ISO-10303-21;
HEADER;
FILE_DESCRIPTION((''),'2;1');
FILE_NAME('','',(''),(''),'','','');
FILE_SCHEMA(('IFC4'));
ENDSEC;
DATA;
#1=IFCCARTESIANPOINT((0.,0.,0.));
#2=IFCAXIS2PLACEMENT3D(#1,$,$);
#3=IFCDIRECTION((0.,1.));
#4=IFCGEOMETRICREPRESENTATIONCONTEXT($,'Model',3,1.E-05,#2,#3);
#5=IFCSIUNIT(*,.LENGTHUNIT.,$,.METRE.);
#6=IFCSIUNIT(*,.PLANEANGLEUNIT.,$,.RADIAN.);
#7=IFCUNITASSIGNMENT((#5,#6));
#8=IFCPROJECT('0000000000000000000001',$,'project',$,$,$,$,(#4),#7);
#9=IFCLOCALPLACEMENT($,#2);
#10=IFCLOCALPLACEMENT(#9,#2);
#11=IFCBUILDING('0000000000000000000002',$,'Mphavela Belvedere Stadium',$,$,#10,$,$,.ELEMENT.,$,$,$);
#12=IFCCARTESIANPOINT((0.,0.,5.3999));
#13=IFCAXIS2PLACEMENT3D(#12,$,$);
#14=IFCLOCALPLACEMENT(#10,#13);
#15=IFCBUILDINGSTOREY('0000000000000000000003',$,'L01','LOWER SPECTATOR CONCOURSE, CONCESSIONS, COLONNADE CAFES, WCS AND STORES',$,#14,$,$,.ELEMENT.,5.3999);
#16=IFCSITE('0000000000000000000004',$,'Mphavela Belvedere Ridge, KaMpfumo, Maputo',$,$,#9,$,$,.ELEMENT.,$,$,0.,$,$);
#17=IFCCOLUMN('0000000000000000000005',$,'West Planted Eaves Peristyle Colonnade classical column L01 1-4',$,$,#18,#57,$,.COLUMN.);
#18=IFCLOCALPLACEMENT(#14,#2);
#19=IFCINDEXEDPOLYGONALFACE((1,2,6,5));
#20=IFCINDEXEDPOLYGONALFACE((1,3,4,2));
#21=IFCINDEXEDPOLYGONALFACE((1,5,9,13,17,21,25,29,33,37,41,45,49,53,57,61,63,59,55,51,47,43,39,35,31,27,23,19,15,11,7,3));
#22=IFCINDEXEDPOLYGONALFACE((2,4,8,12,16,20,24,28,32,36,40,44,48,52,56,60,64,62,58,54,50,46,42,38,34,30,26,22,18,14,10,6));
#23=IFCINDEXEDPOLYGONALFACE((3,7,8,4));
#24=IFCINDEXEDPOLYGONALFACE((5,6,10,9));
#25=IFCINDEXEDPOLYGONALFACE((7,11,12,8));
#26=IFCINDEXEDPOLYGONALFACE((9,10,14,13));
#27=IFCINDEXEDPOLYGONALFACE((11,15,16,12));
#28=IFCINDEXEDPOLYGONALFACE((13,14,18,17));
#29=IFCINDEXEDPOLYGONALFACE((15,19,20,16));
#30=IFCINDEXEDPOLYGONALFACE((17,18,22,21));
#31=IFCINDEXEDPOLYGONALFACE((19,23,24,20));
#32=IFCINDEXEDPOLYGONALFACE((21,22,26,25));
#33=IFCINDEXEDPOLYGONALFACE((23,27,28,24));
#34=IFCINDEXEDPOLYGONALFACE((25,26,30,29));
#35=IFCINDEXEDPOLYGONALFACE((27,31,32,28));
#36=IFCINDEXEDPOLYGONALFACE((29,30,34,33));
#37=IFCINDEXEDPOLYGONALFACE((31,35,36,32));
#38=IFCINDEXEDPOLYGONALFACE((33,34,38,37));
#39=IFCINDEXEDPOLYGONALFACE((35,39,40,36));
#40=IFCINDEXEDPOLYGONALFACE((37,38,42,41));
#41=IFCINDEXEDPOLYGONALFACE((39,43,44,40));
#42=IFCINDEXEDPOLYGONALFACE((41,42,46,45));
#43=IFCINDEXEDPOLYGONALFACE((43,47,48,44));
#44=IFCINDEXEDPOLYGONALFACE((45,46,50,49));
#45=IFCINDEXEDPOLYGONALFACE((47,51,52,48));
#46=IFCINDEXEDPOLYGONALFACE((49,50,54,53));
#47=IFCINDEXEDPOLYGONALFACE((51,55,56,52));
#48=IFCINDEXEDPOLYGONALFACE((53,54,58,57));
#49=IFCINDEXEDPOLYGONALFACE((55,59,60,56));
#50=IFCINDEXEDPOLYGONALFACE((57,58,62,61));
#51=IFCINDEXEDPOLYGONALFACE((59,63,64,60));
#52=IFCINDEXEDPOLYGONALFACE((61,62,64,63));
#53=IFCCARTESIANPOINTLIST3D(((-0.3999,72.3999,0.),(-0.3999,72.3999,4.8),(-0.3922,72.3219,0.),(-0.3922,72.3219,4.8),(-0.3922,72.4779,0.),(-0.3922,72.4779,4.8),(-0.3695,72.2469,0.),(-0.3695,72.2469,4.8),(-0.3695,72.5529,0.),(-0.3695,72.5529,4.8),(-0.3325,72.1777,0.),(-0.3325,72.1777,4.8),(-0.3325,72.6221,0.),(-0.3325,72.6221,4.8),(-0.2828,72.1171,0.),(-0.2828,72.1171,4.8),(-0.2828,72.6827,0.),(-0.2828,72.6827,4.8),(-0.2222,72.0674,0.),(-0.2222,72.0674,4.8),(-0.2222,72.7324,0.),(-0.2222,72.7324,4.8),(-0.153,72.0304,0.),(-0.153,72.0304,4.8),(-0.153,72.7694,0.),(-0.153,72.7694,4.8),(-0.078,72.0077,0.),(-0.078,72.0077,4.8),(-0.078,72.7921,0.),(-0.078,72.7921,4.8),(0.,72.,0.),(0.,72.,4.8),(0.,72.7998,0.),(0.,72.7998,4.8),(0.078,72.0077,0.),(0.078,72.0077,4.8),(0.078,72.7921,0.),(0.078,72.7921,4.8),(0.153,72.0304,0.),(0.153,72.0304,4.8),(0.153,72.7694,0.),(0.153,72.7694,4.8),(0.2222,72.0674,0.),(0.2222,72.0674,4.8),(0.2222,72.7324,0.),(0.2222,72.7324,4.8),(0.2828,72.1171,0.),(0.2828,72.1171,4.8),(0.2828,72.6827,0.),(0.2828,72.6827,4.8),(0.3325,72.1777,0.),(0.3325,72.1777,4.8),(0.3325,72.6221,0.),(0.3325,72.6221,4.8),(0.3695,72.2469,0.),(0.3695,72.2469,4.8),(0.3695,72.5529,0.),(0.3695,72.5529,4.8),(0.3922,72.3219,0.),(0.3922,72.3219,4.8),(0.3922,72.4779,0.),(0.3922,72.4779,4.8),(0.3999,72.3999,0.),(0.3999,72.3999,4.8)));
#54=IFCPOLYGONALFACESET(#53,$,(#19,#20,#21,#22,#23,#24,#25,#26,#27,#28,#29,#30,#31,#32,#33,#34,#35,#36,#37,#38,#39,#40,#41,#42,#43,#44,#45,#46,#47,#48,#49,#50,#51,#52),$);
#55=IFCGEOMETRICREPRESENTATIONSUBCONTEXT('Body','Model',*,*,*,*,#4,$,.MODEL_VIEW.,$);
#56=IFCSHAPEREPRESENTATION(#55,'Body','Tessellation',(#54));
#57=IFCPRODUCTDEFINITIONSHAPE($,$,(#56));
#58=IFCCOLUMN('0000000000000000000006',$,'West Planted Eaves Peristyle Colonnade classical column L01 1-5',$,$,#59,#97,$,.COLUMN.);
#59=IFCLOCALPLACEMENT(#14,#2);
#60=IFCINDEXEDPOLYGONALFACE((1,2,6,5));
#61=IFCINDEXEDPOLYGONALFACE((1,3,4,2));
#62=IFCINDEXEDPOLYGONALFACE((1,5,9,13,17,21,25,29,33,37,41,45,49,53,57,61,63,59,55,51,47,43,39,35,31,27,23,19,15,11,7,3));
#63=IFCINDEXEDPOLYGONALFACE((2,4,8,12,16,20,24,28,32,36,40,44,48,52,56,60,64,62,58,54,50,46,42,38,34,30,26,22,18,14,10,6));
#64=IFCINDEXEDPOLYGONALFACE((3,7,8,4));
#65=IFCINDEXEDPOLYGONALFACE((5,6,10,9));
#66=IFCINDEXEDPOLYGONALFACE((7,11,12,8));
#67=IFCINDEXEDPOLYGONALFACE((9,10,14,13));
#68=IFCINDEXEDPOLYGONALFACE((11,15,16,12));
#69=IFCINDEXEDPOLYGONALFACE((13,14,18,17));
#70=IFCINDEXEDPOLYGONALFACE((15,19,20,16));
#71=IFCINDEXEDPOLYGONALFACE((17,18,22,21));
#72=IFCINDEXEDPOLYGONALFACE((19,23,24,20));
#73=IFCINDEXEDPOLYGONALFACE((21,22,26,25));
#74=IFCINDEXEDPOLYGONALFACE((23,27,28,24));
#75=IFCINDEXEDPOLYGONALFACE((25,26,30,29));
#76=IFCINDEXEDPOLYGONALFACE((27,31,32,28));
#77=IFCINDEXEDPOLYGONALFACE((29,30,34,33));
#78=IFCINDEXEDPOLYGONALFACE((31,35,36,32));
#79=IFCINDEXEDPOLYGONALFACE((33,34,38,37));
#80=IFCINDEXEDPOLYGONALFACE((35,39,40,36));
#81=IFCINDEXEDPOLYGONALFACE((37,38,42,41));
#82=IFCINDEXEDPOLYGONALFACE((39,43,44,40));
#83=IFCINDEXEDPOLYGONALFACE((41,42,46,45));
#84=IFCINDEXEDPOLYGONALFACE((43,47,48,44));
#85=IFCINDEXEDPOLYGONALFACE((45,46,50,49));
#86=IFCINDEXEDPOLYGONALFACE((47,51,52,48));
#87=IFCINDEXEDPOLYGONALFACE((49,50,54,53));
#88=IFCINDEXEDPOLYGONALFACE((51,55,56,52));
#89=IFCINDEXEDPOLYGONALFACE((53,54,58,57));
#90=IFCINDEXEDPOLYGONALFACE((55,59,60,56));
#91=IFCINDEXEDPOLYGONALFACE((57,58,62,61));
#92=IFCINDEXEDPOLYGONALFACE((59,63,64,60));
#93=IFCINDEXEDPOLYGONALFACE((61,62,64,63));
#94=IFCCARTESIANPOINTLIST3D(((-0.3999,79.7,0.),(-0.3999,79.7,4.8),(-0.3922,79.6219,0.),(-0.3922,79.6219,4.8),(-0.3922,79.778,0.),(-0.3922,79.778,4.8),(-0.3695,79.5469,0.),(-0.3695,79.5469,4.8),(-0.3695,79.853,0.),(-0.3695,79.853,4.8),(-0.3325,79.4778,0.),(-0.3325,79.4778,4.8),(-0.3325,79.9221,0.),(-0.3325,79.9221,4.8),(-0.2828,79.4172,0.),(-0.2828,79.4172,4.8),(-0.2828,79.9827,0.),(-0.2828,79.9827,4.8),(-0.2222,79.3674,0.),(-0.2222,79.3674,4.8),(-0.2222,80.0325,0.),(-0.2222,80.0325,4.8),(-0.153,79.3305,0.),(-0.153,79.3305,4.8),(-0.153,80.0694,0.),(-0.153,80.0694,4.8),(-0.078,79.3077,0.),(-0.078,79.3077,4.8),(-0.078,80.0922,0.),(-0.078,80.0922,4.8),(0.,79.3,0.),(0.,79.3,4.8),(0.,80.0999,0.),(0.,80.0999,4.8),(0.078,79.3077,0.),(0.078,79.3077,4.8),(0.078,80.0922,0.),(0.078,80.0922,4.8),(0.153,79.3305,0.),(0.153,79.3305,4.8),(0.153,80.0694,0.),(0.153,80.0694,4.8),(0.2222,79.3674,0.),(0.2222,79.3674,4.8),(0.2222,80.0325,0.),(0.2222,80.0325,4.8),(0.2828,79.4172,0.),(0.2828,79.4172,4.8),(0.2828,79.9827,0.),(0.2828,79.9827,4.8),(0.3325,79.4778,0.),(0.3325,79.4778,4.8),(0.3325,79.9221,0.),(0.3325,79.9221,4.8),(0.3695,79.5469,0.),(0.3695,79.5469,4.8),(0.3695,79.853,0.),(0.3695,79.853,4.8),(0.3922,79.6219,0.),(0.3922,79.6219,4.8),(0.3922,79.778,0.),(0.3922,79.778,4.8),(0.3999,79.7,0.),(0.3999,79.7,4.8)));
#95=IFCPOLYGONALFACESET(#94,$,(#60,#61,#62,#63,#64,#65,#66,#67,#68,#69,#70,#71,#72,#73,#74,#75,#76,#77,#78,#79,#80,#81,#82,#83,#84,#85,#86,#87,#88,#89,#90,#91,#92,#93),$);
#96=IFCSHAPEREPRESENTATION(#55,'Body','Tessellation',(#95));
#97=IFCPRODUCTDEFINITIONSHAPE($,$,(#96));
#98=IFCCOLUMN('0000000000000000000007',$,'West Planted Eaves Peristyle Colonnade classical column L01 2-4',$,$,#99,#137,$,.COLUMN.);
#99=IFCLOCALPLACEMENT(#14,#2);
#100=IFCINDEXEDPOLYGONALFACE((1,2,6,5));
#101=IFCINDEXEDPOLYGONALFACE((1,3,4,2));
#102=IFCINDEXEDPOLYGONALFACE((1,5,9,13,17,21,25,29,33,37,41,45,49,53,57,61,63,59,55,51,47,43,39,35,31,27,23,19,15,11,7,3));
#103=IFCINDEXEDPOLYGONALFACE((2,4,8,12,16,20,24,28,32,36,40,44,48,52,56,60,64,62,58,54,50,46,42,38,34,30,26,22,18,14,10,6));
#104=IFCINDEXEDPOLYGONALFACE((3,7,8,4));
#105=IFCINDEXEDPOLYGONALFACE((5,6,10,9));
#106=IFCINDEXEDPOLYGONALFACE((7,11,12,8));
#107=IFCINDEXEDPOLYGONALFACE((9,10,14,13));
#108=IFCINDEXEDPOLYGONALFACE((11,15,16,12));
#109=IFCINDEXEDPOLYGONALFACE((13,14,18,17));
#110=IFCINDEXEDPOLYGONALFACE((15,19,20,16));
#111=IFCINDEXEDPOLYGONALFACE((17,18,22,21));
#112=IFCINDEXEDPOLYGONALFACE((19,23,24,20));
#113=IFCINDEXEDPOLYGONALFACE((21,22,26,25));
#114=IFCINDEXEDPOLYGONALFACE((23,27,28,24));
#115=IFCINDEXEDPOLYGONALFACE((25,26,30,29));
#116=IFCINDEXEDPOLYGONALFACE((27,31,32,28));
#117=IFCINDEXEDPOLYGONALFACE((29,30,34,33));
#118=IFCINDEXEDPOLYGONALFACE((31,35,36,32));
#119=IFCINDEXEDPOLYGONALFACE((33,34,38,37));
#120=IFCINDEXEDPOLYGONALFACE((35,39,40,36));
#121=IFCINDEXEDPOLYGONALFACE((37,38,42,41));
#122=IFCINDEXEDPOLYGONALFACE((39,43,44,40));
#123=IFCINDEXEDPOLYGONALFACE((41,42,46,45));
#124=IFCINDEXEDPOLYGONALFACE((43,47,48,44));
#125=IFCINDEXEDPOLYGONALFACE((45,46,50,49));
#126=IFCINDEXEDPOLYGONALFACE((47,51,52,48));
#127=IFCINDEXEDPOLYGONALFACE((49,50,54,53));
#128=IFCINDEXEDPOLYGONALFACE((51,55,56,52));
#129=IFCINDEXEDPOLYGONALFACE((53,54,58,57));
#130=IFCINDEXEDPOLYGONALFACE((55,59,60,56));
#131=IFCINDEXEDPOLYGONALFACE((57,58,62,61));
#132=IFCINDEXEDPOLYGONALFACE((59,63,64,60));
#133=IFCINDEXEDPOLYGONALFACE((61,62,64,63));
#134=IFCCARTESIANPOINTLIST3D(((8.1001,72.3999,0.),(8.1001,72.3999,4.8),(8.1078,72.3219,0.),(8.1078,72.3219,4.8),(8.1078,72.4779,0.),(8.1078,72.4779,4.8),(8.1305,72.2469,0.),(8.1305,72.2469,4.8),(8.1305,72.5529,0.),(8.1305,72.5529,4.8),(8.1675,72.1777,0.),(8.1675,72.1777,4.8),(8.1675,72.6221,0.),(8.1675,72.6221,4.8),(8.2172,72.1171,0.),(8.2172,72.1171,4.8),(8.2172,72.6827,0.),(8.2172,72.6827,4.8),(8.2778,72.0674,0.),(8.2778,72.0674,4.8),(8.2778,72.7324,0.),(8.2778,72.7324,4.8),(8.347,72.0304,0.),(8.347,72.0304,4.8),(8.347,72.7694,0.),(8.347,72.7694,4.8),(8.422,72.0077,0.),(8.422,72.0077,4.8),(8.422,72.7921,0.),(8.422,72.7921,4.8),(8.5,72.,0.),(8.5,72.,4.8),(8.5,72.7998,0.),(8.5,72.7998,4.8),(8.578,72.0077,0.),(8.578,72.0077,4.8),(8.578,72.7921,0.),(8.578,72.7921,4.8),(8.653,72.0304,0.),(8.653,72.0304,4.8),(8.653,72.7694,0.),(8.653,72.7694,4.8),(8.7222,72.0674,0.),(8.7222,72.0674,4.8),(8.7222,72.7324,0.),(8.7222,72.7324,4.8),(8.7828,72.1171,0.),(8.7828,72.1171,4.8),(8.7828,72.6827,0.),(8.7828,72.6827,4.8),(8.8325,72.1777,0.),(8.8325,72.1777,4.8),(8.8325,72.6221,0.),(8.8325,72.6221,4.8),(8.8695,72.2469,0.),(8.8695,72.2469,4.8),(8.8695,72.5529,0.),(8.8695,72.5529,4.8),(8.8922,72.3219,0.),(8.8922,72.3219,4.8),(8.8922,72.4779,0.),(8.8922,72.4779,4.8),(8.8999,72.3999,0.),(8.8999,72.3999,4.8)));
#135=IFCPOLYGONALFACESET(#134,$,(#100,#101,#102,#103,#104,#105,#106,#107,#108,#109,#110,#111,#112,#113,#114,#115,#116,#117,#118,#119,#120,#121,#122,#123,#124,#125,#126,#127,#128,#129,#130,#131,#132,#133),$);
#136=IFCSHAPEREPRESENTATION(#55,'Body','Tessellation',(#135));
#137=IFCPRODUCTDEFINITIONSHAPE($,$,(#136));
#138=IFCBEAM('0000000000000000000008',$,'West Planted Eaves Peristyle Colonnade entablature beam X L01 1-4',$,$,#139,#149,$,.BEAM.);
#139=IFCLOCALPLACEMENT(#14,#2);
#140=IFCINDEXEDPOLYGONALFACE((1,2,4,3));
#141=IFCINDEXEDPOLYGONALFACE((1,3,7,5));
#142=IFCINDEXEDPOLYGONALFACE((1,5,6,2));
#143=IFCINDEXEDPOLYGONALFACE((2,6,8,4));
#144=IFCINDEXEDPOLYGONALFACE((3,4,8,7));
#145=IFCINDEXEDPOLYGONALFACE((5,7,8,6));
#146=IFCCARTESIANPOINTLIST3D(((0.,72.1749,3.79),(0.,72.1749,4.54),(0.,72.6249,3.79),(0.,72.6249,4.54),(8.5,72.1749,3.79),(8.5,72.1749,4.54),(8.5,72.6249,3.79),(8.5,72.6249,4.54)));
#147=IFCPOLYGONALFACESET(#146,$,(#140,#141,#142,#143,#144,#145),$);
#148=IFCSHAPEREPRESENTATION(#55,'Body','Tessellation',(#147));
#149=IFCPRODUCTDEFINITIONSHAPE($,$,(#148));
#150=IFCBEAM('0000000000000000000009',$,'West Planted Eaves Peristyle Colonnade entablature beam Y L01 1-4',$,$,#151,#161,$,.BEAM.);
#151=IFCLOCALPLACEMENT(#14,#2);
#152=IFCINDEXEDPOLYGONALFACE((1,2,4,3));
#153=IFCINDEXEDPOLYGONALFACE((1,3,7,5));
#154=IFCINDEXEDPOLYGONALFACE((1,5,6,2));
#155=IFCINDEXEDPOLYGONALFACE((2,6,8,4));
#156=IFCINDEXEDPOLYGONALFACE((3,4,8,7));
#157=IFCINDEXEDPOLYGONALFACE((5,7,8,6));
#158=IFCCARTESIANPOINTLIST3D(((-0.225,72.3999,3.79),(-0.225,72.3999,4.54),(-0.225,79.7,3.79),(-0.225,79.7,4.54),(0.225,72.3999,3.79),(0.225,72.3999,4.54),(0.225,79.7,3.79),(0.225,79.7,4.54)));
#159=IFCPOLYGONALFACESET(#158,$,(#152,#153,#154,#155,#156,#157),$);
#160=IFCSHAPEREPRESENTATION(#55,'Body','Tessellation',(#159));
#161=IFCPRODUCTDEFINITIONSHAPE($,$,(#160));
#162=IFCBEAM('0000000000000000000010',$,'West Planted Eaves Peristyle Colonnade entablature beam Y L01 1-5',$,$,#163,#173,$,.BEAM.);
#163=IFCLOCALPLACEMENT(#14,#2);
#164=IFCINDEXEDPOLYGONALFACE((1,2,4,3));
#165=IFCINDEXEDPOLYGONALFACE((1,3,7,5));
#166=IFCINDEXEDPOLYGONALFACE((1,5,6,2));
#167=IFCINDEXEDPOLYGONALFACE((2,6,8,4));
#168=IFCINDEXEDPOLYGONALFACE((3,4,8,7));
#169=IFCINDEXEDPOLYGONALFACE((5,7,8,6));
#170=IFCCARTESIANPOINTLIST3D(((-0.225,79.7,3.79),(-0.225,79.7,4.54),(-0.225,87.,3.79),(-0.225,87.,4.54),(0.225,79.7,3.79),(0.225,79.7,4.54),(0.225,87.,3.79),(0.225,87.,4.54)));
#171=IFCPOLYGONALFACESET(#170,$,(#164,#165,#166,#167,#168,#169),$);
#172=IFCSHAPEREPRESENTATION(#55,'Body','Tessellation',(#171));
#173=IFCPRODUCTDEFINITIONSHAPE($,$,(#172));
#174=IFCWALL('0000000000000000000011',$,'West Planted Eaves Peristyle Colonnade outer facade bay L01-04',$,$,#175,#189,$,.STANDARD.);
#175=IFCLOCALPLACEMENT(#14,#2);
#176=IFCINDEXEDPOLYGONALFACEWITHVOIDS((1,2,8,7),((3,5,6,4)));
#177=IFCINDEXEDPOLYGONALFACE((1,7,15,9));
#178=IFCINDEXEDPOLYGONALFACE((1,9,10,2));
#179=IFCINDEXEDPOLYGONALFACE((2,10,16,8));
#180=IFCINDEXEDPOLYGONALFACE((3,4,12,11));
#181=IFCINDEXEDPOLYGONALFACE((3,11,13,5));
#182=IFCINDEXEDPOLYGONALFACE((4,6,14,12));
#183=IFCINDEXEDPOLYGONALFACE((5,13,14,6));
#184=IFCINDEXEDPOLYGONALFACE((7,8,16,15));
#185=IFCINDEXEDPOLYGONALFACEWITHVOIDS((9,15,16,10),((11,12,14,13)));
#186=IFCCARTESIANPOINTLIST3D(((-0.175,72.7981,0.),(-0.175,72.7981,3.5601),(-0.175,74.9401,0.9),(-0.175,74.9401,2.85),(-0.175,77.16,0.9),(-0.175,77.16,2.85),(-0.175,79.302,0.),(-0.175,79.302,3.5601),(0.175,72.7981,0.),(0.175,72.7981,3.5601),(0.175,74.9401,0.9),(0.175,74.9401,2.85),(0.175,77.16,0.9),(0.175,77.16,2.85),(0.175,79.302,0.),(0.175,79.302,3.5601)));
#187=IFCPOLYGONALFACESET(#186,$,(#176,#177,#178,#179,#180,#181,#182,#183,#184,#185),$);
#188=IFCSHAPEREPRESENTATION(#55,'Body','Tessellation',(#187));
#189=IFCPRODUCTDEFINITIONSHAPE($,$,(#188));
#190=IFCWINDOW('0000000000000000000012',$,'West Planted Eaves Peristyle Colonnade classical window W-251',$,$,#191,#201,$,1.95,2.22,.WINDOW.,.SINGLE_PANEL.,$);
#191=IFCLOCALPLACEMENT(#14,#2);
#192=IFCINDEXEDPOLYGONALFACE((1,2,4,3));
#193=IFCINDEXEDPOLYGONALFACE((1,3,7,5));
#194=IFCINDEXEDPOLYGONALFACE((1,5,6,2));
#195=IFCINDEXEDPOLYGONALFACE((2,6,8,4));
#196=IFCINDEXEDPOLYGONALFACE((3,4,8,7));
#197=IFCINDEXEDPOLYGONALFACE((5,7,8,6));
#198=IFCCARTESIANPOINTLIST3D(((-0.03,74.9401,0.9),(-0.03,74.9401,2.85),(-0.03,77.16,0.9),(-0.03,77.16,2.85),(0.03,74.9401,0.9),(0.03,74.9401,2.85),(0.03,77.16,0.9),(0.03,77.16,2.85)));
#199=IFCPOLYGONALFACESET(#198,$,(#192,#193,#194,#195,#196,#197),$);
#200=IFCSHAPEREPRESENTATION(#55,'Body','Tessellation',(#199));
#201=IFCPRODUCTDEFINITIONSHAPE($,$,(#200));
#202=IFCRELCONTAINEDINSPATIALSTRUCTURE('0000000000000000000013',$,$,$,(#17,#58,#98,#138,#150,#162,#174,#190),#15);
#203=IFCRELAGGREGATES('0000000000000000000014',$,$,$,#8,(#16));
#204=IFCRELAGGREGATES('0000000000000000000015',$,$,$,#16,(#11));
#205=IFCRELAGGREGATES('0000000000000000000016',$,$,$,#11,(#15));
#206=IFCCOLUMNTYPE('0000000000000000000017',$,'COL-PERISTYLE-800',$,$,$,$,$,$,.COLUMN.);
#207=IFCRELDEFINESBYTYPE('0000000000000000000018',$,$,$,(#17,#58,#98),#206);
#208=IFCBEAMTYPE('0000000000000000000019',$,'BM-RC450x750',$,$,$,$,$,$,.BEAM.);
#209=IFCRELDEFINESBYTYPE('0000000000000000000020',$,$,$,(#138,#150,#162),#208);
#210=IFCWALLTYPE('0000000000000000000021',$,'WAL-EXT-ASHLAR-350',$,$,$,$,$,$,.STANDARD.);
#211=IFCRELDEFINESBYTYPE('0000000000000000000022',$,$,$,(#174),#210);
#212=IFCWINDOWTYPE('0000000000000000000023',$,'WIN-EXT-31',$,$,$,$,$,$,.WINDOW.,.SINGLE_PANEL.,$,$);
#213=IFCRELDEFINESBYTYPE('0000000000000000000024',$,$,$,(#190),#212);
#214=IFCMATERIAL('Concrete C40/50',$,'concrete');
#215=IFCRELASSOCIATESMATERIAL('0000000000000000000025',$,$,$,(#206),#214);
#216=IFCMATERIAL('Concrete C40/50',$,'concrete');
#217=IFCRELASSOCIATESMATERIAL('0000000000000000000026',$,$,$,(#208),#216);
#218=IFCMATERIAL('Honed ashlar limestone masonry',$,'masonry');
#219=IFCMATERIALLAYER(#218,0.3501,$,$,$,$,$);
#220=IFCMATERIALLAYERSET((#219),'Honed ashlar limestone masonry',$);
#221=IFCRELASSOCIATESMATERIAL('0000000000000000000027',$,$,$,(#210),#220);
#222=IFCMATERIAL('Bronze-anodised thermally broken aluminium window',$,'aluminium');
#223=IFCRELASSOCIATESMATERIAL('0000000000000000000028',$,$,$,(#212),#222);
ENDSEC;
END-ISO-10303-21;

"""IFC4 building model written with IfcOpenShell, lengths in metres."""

from ifc_helpers import new_model, si_unit, direction, frame, frame_2d, origin, origin_2d, place, context, subcontext, project, spatial, rectangle, circle, extrude, material, layer, layer_set, material_profile, profile_set, type_object, element, fill, save


model = new_model("IFC4")

# Units and contexts
model_context = context("Model", 3, precision=1e-05, world=origin(), true_north=direction((0.0, 1.0)))
body_context = subcontext(model_context, "Body", "Model", "MODEL_VIEW")
ifc_project = project(units=[si_unit("LENGTHUNIT", "METRE"), si_unit("PLANEANGLEUNIT", "RADIAN")], contexts=[model_context])

# Site, building, storey
site_placement = place(None, origin())
site = spatial("IfcSite", under=ifc_project, at=site_placement, Name="Mphavela Belvedere Ridge, KaMpfumo, Maputo", CompositionType="ELEMENT", RefElevation=0.0)
building_placement = place(site_placement, origin())
building = spatial("IfcBuilding", under=site, at=building_placement, Name="Mphavela Belvedere Stadium", CompositionType="ELEMENT")
storey_placement = place(building_placement, frame((0.0, 0.0, 5.3999)))
storey = spatial("IfcBuildingStorey", under=building, at=storey_placement, Name="L01", Description="LOWER SPECTATOR CONCOURSE, CONCESSIONS, COLONNADE CAFES, WCS AND STORES", CompositionType="ELEMENT", Elevation=5.3999)

# Columns
ifc_material_1 = material(Name="Concrete C40/50", Category="concrete")
ifc_material_profile_1 = material_profile(ifc_material_1, circle(Radius=0.3999, at=origin_2d()), Name="COL D800")
ifc_profile_set_1 = profile_set([ifc_material_profile_1], Name="Concrete C40/50")
column_type = type_object("IfcColumnType", Name="COL-PERISTYLE-800", PredefinedType="COLUMN", material=ifc_profile_set_1)
for number, where, z_axis, x_axis, name in (
    (1, (0.0, 72.3999, 0.0), (0.0, 0.0, 1.0), (1.0, 0.0, 0.0), "West Planted Eaves Peristyle Colonnade classical column L01 1-4"),
    (2, (0.0, 79.7, 0.0), (0.0, 0.0, 1.0), (1.0, 0.0, 0.0), "West Planted Eaves Peristyle Colonnade classical column L01 1-5"),
    (3, (8.5, 72.3999, 0.0), (0.0, 0.0, 1.0), (1.0, 0.0, 0.0), "West Planted Eaves Peristyle Colonnade classical column L01 2-4"),
):
    element("IfcColumn", number, at=place(storey_placement, frame(where, z_axis=z_axis, x_axis=x_axis)), inside=storey, type_object=column_type, Name=name, PredefinedType="COLUMN", context=body_context, shape_type="SweptSolid", body=[
        extrude(circle(Radius=0.3999, at=origin_2d()), origin(), (0.0, 0.0, 1.0), 4.8),
    ])

# Beams
ifc_material_2 = material(Name="Concrete C40/50", Category="concrete")
ifc_material_profile_2 = material_profile(ifc_material_2, rectangle(XDim=0.45, YDim=0.75, at=origin_2d()), Name="RC 450x750")
ifc_profile_set_2 = profile_set([ifc_material_profile_2], Name="Concrete C40/50")
beam_type = type_object("IfcBeamType", Name="BM-RC450x750", PredefinedType="BEAM", material=ifc_profile_set_2)
beam_placement = place(storey_placement, frame((0.0, 72.3999, 4.165), z_axis=(1.0, 0.0, 0.0), x_axis=(0.0, 1.0, 0.0)))
element("IfcBeam", 4, at=beam_placement, inside=storey, type_object=beam_type, Name="West Planted Eaves Peristyle Colonnade entablature beam X L01 1-4", PredefinedType="BEAM", context=body_context, shape_type="SweptSolid", body=[
    extrude(rectangle(XDim=0.45, YDim=0.75, at=origin_2d()), origin(), (0.0, 0.0, 1.0), 8.5),
])
for number, where, z_axis, x_axis, name in (
    (5, (0.0, 72.3999, 4.165), (0.0, 1.0, 0.0), (-1.0, 0.0, 0.0), "West Planted Eaves Peristyle Colonnade entablature beam Y L01 1-4"),
    (6, (0.0, 79.7, 4.165), (0.0, 1.0, 0.0), (-1.0, 0.0, 0.0), "West Planted Eaves Peristyle Colonnade entablature beam Y L01 1-5"),
):
    element("IfcBeam", number, at=place(storey_placement, frame(where, z_axis=z_axis, x_axis=x_axis)), inside=storey, type_object=beam_type, Name=name, PredefinedType="BEAM", context=body_context, shape_type="SweptSolid", body=[
        extrude(rectangle(XDim=0.45, YDim=0.75, at=origin_2d()), origin(), (0.0, 0.0, 1.0), 7.3),
    ])

# Wall, opening, window
ifc_material_3 = material(Name="Honed ashlar limestone masonry", Category="masonry")
ifc_layer_1 = layer(ifc_material_3, 0.3501)
ifc_layer_set_1 = layer_set([ifc_layer_1], Name="Honed ashlar limestone masonry")
wall_type_1 = type_object("IfcWallType", Name="WAL-EXT-ASHLAR-350", PredefinedType="STANDARD", material=ifc_layer_set_1)
wall_1_placement = place(storey_placement, frame((0.0, 72.7981, 0.0), z_axis=(0.0, 0.0, 1.0), x_axis=(0.0, 1.0, 0.0)))
wall_1 = element("IfcWall", 7, at=wall_1_placement, inside=storey, type_object=wall_type_1, Name="West Planted Eaves Peristyle Colonnade outer facade bay L01-04", PredefinedType="STANDARD", context=body_context, shape_type="SweptSolid", body=[
    extrude(rectangle(XDim=6.5039, YDim=0.3501, at=frame_2d((3.252, 0.0))), origin(), (0.0, 0.0, 1.0), 3.5601),
])
opening_1_placement = place(wall_1_placement, frame((2.1421, 0.0, 0.8999)))
opening_1 = element("IfcOpeningElement", 8, at=opening_1_placement, cuts=wall_1, PredefinedType="OPENING", context=body_context, shape_type="SweptSolid", body=[
    extrude(rectangle(XDim=2.22, YDim=1.95, at=frame_2d((1.1099, 0.9751))), frame((0.0, 0.1851, 0.0), z_axis=(0.0, -1.0, 0.0), x_axis=(1.0, 0.0, 0.0)), (0.0, 0.0, 1.0), 0.3701),
])
ifc_material_4 = material(Name="Bronze-anodised thermally broken aluminium window", Category="aluminium")
window_type_1 = type_object("IfcWindowType", Name="WIN-EXT-31", PartitioningType="SINGLE_PANEL", PredefinedType="WINDOW", material=ifc_material_4)
window_1_placement = place(opening_1_placement, origin())
window_1 = element("IfcWindow", 9, at=window_1_placement, inside=storey, type_object=window_type_1, Name="West Planted Eaves Peristyle Colonnade classical window W-251", OverallHeight=1.95, OverallWidth=2.22, PartitioningType="SINGLE_PANEL", PredefinedType="WINDOW", context=body_context, shape_type="SweptSolid", body=[
    extrude(rectangle(XDim=2.22, YDim=1.95, at=frame_2d((1.1099, 0.9751))), frame((0.0, 0.03, 0.0), z_axis=(0.0, -1.0, 0.0), x_axis=(1.0, 0.0, 0.0)), (0.0, 0.0, 1.0), 0.0601),
])
fill(opening_1, window_1)

save(model, "model.ifc")
